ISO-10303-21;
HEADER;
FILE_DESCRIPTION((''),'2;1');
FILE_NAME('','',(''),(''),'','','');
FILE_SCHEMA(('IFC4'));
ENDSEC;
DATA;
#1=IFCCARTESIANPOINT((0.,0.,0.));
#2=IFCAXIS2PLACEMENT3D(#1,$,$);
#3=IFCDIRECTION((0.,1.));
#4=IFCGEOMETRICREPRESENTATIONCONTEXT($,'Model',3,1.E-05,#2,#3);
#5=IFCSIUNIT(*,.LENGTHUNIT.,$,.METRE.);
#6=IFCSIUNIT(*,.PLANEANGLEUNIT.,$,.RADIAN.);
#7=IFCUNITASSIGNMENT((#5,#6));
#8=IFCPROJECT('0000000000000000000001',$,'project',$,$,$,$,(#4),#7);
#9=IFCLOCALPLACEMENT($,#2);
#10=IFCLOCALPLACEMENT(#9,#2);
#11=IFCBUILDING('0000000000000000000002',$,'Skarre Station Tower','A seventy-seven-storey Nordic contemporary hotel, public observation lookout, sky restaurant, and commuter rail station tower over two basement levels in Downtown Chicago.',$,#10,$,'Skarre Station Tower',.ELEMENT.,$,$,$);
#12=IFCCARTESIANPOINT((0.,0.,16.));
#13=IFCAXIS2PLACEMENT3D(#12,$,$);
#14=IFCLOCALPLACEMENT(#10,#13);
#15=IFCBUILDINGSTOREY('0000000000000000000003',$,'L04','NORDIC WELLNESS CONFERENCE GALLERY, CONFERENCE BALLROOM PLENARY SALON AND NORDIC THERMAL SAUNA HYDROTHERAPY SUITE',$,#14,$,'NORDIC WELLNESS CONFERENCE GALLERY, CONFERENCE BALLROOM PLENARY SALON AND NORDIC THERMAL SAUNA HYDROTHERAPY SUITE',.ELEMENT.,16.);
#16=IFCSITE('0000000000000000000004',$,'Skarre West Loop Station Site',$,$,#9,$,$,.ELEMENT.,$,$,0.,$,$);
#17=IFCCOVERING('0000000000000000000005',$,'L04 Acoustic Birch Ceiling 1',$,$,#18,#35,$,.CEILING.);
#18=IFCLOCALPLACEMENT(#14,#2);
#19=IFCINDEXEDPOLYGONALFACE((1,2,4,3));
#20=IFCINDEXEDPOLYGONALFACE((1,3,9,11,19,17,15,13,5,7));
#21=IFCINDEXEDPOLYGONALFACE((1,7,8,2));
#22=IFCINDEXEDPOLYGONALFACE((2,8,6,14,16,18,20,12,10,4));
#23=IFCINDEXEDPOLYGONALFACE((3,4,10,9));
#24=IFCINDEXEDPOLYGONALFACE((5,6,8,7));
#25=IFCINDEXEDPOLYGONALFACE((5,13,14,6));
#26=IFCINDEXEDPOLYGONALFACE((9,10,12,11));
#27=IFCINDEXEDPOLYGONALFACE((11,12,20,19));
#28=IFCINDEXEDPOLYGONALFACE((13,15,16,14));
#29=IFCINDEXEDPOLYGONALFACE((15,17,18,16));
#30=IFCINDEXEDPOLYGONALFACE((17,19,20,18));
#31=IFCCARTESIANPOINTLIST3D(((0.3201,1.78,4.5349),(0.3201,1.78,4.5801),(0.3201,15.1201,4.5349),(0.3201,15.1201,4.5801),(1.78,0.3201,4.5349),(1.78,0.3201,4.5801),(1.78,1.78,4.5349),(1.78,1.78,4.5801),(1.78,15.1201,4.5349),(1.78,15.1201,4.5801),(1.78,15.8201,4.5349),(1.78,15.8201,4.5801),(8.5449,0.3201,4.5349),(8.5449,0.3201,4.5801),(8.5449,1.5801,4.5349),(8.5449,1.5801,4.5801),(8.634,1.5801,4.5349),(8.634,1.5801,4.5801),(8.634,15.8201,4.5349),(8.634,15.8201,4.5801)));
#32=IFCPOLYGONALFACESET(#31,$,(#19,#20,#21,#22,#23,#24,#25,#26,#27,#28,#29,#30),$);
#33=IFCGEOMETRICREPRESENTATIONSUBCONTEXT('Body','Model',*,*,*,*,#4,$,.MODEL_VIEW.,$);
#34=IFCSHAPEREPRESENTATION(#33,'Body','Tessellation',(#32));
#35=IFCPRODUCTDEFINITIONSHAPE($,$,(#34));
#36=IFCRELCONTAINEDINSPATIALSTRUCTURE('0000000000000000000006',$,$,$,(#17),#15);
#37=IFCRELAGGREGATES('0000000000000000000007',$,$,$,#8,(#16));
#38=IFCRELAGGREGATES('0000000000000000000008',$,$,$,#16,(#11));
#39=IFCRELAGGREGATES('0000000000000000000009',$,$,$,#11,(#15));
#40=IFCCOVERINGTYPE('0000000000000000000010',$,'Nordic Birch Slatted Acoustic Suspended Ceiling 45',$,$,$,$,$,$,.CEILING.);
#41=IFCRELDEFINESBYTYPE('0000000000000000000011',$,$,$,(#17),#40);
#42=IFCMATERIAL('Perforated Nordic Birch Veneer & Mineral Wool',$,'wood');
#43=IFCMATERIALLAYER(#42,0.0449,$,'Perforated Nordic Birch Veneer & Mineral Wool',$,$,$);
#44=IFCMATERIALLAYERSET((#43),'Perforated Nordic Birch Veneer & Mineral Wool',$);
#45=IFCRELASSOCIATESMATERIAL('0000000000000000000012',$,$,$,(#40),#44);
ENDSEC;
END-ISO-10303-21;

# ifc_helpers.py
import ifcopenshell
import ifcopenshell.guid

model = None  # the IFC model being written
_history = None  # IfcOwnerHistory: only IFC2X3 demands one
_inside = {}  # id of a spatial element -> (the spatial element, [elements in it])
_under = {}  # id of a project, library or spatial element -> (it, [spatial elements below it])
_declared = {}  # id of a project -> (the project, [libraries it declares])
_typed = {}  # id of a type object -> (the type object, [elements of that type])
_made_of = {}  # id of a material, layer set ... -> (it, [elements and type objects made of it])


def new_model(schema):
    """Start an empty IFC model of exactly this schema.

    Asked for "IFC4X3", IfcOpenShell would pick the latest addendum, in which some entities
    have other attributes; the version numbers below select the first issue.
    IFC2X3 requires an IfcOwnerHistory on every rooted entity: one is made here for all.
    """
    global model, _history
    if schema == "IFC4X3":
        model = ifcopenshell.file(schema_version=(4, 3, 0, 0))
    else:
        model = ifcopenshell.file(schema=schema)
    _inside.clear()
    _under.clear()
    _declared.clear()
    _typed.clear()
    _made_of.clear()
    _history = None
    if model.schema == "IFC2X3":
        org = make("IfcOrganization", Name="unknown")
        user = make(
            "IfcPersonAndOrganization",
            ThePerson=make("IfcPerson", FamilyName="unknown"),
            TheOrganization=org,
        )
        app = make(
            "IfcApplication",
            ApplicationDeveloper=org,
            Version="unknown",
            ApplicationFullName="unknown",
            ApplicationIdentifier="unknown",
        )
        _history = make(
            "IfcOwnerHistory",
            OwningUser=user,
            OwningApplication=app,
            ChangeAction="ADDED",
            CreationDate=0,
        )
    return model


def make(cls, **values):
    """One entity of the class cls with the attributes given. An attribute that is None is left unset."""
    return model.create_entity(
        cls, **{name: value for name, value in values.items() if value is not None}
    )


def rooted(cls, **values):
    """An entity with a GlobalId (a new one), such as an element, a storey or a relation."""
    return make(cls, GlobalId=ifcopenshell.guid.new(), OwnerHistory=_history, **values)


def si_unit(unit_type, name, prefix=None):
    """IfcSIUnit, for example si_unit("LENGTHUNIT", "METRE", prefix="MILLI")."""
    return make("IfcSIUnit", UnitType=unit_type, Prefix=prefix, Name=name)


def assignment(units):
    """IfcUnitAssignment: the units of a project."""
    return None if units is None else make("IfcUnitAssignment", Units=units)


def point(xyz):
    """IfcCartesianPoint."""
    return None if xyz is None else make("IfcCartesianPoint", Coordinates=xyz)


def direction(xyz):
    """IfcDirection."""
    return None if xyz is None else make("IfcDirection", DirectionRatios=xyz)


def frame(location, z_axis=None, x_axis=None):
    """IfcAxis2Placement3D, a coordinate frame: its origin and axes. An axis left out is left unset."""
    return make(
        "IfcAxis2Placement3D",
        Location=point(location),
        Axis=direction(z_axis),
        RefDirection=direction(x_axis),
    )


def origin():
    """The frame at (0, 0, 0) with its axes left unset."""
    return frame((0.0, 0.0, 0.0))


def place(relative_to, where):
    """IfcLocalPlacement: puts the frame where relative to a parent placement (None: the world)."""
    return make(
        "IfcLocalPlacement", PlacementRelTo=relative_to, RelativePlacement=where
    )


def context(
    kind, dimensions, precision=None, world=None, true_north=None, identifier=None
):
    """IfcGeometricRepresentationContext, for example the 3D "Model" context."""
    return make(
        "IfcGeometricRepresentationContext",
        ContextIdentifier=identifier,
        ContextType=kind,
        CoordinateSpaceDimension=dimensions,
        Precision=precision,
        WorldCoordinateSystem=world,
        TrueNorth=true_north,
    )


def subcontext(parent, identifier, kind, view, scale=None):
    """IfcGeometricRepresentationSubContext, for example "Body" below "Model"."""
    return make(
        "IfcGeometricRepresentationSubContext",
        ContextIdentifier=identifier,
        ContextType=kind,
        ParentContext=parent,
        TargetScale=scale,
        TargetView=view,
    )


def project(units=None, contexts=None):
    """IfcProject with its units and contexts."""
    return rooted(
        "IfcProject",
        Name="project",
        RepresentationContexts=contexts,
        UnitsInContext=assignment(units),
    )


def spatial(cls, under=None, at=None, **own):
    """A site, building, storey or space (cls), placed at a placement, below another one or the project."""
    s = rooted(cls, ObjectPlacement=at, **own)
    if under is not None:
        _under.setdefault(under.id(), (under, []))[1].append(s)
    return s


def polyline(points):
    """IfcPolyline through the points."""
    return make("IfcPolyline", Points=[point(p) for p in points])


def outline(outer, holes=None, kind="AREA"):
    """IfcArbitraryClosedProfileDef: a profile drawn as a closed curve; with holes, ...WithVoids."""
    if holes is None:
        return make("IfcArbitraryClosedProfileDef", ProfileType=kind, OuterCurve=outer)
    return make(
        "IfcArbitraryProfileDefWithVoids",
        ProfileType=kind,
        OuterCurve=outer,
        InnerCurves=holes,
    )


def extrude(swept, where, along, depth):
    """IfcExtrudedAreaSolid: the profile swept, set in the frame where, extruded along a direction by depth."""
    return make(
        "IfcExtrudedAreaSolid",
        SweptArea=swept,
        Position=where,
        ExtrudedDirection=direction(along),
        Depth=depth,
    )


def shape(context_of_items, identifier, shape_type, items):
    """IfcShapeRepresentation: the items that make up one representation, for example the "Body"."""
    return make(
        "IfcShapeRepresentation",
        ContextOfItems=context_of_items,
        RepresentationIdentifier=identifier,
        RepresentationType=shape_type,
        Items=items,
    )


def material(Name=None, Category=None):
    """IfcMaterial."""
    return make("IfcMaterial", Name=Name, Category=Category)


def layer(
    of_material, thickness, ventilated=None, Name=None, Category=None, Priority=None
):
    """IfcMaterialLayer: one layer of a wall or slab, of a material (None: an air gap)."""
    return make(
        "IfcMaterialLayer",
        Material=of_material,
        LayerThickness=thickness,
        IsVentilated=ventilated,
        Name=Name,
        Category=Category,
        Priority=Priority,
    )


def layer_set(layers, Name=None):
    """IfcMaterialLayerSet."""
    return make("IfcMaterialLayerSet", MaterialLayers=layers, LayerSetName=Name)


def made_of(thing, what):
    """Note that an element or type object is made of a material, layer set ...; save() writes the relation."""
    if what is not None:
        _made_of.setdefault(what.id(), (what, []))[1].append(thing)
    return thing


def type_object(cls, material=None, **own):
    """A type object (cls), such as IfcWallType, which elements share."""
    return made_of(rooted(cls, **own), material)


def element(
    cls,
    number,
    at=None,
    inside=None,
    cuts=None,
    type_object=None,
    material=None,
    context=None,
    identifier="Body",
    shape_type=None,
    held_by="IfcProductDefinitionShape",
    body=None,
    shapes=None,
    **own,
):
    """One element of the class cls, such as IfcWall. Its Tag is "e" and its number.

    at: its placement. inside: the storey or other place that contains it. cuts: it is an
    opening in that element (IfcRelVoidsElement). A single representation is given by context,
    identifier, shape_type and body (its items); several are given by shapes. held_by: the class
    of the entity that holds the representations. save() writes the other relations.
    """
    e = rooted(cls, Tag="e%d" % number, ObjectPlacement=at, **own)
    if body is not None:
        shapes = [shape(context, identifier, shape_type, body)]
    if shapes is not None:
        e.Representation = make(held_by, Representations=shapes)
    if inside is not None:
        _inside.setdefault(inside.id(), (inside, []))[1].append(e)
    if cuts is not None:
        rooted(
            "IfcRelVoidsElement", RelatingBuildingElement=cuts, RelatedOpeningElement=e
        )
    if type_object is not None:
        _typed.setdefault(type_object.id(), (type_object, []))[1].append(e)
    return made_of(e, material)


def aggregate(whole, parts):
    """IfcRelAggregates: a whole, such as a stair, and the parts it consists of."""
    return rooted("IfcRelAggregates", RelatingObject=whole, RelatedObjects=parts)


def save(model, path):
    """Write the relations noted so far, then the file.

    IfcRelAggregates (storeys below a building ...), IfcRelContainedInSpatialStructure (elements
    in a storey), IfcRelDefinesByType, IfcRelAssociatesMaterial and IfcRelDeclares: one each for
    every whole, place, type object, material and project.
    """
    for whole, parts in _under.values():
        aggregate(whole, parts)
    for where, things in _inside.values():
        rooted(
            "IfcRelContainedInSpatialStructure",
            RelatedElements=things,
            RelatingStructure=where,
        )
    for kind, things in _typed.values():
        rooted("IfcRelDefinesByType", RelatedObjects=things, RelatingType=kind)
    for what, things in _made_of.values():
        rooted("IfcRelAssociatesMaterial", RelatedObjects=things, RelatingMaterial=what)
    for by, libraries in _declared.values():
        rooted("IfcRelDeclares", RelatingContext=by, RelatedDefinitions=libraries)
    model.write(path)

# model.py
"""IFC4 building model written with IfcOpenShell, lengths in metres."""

from ifc_helpers import new_model, si_unit, direction, frame, origin, place, context, subcontext, project, spatial, polyline, outline, extrude, material, layer, layer_set, type_object, element, save


model = new_model("IFC4")

# Units and contexts
model_context = context("Model", 3, precision=1e-05, world=origin(), true_north=direction((0.0, 1.0)))
body_context = subcontext(model_context, "Body", "Model", "MODEL_VIEW")
ifc_project = project(units=[si_unit("LENGTHUNIT", "METRE"), si_unit("PLANEANGLEUNIT", "RADIAN")], contexts=[model_context])

# Site, building, storey
site_placement = place(None, origin())
site = spatial("IfcSite", under=ifc_project, at=site_placement, Name="Skarre West Loop Station Site", CompositionType="ELEMENT", RefElevation=0.0)
building_placement = place(site_placement, origin())
building = spatial("IfcBuilding", under=site, at=building_placement, Name="Skarre Station Tower", Description="A seventy-seven-storey Nordic contemporary hotel, public observation lookout, sky restaurant, and commuter rail station tower over two basement levels in Downtown Chicago.", LongName="Skarre Station Tower", CompositionType="ELEMENT")
storey_placement = place(building_placement, frame((0.0, 0.0, 16.0)))
storey = spatial("IfcBuildingStorey", under=building, at=storey_placement, Name="L04", Description="NORDIC WELLNESS CONFERENCE GALLERY, CONFERENCE BALLROOM PLENARY SALON AND NORDIC THERMAL SAUNA HYDROTHERAPY SUITE", LongName="NORDIC WELLNESS CONFERENCE GALLERY, CONFERENCE BALLROOM PLENARY SALON AND NORDIC THERMAL SAUNA HYDROTHERAPY SUITE", CompositionType="ELEMENT", Elevation=16.0)

# Covering
ifc_material_1 = material(Name="Perforated Nordic Birch Veneer & Mineral Wool", Category="wood")
ifc_layer_1 = layer(ifc_material_1, 0.0449, Name="Perforated Nordic Birch Veneer & Mineral Wool")
ifc_layer_set_1 = layer_set([ifc_layer_1], Name="Perforated Nordic Birch Veneer & Mineral Wool")
covering_type_1 = type_object("IfcCoveringType", Name="Nordic Birch Slatted Acoustic Suspended Ceiling 45", PredefinedType="CEILING", material=ifc_layer_set_1)
covering_1_placement = place(storey_placement, frame((0.0, 0.0, 4.5349)))
element("IfcCovering", 1, at=covering_1_placement, inside=storey, type_object=covering_type_1, Name="L04 Acoustic Birch Ceiling 1", PredefinedType="CEILING", context=body_context, shape_type="SweptSolid", body=[
    extrude(outline(polyline([(1.78, 0.3201), (8.5449, 0.3201), (8.5449, 1.5801), (8.634, 1.5801), (8.634, 15.8201), (1.78, 15.8201), (1.78, 15.1201), (0.3201, 15.1201), (0.3201, 1.78), (1.78, 1.78), (1.78, 0.3201)])), origin(), (0.0, 0.0, 1.0), 0.0452),
])

save(model, "model.ifc")
